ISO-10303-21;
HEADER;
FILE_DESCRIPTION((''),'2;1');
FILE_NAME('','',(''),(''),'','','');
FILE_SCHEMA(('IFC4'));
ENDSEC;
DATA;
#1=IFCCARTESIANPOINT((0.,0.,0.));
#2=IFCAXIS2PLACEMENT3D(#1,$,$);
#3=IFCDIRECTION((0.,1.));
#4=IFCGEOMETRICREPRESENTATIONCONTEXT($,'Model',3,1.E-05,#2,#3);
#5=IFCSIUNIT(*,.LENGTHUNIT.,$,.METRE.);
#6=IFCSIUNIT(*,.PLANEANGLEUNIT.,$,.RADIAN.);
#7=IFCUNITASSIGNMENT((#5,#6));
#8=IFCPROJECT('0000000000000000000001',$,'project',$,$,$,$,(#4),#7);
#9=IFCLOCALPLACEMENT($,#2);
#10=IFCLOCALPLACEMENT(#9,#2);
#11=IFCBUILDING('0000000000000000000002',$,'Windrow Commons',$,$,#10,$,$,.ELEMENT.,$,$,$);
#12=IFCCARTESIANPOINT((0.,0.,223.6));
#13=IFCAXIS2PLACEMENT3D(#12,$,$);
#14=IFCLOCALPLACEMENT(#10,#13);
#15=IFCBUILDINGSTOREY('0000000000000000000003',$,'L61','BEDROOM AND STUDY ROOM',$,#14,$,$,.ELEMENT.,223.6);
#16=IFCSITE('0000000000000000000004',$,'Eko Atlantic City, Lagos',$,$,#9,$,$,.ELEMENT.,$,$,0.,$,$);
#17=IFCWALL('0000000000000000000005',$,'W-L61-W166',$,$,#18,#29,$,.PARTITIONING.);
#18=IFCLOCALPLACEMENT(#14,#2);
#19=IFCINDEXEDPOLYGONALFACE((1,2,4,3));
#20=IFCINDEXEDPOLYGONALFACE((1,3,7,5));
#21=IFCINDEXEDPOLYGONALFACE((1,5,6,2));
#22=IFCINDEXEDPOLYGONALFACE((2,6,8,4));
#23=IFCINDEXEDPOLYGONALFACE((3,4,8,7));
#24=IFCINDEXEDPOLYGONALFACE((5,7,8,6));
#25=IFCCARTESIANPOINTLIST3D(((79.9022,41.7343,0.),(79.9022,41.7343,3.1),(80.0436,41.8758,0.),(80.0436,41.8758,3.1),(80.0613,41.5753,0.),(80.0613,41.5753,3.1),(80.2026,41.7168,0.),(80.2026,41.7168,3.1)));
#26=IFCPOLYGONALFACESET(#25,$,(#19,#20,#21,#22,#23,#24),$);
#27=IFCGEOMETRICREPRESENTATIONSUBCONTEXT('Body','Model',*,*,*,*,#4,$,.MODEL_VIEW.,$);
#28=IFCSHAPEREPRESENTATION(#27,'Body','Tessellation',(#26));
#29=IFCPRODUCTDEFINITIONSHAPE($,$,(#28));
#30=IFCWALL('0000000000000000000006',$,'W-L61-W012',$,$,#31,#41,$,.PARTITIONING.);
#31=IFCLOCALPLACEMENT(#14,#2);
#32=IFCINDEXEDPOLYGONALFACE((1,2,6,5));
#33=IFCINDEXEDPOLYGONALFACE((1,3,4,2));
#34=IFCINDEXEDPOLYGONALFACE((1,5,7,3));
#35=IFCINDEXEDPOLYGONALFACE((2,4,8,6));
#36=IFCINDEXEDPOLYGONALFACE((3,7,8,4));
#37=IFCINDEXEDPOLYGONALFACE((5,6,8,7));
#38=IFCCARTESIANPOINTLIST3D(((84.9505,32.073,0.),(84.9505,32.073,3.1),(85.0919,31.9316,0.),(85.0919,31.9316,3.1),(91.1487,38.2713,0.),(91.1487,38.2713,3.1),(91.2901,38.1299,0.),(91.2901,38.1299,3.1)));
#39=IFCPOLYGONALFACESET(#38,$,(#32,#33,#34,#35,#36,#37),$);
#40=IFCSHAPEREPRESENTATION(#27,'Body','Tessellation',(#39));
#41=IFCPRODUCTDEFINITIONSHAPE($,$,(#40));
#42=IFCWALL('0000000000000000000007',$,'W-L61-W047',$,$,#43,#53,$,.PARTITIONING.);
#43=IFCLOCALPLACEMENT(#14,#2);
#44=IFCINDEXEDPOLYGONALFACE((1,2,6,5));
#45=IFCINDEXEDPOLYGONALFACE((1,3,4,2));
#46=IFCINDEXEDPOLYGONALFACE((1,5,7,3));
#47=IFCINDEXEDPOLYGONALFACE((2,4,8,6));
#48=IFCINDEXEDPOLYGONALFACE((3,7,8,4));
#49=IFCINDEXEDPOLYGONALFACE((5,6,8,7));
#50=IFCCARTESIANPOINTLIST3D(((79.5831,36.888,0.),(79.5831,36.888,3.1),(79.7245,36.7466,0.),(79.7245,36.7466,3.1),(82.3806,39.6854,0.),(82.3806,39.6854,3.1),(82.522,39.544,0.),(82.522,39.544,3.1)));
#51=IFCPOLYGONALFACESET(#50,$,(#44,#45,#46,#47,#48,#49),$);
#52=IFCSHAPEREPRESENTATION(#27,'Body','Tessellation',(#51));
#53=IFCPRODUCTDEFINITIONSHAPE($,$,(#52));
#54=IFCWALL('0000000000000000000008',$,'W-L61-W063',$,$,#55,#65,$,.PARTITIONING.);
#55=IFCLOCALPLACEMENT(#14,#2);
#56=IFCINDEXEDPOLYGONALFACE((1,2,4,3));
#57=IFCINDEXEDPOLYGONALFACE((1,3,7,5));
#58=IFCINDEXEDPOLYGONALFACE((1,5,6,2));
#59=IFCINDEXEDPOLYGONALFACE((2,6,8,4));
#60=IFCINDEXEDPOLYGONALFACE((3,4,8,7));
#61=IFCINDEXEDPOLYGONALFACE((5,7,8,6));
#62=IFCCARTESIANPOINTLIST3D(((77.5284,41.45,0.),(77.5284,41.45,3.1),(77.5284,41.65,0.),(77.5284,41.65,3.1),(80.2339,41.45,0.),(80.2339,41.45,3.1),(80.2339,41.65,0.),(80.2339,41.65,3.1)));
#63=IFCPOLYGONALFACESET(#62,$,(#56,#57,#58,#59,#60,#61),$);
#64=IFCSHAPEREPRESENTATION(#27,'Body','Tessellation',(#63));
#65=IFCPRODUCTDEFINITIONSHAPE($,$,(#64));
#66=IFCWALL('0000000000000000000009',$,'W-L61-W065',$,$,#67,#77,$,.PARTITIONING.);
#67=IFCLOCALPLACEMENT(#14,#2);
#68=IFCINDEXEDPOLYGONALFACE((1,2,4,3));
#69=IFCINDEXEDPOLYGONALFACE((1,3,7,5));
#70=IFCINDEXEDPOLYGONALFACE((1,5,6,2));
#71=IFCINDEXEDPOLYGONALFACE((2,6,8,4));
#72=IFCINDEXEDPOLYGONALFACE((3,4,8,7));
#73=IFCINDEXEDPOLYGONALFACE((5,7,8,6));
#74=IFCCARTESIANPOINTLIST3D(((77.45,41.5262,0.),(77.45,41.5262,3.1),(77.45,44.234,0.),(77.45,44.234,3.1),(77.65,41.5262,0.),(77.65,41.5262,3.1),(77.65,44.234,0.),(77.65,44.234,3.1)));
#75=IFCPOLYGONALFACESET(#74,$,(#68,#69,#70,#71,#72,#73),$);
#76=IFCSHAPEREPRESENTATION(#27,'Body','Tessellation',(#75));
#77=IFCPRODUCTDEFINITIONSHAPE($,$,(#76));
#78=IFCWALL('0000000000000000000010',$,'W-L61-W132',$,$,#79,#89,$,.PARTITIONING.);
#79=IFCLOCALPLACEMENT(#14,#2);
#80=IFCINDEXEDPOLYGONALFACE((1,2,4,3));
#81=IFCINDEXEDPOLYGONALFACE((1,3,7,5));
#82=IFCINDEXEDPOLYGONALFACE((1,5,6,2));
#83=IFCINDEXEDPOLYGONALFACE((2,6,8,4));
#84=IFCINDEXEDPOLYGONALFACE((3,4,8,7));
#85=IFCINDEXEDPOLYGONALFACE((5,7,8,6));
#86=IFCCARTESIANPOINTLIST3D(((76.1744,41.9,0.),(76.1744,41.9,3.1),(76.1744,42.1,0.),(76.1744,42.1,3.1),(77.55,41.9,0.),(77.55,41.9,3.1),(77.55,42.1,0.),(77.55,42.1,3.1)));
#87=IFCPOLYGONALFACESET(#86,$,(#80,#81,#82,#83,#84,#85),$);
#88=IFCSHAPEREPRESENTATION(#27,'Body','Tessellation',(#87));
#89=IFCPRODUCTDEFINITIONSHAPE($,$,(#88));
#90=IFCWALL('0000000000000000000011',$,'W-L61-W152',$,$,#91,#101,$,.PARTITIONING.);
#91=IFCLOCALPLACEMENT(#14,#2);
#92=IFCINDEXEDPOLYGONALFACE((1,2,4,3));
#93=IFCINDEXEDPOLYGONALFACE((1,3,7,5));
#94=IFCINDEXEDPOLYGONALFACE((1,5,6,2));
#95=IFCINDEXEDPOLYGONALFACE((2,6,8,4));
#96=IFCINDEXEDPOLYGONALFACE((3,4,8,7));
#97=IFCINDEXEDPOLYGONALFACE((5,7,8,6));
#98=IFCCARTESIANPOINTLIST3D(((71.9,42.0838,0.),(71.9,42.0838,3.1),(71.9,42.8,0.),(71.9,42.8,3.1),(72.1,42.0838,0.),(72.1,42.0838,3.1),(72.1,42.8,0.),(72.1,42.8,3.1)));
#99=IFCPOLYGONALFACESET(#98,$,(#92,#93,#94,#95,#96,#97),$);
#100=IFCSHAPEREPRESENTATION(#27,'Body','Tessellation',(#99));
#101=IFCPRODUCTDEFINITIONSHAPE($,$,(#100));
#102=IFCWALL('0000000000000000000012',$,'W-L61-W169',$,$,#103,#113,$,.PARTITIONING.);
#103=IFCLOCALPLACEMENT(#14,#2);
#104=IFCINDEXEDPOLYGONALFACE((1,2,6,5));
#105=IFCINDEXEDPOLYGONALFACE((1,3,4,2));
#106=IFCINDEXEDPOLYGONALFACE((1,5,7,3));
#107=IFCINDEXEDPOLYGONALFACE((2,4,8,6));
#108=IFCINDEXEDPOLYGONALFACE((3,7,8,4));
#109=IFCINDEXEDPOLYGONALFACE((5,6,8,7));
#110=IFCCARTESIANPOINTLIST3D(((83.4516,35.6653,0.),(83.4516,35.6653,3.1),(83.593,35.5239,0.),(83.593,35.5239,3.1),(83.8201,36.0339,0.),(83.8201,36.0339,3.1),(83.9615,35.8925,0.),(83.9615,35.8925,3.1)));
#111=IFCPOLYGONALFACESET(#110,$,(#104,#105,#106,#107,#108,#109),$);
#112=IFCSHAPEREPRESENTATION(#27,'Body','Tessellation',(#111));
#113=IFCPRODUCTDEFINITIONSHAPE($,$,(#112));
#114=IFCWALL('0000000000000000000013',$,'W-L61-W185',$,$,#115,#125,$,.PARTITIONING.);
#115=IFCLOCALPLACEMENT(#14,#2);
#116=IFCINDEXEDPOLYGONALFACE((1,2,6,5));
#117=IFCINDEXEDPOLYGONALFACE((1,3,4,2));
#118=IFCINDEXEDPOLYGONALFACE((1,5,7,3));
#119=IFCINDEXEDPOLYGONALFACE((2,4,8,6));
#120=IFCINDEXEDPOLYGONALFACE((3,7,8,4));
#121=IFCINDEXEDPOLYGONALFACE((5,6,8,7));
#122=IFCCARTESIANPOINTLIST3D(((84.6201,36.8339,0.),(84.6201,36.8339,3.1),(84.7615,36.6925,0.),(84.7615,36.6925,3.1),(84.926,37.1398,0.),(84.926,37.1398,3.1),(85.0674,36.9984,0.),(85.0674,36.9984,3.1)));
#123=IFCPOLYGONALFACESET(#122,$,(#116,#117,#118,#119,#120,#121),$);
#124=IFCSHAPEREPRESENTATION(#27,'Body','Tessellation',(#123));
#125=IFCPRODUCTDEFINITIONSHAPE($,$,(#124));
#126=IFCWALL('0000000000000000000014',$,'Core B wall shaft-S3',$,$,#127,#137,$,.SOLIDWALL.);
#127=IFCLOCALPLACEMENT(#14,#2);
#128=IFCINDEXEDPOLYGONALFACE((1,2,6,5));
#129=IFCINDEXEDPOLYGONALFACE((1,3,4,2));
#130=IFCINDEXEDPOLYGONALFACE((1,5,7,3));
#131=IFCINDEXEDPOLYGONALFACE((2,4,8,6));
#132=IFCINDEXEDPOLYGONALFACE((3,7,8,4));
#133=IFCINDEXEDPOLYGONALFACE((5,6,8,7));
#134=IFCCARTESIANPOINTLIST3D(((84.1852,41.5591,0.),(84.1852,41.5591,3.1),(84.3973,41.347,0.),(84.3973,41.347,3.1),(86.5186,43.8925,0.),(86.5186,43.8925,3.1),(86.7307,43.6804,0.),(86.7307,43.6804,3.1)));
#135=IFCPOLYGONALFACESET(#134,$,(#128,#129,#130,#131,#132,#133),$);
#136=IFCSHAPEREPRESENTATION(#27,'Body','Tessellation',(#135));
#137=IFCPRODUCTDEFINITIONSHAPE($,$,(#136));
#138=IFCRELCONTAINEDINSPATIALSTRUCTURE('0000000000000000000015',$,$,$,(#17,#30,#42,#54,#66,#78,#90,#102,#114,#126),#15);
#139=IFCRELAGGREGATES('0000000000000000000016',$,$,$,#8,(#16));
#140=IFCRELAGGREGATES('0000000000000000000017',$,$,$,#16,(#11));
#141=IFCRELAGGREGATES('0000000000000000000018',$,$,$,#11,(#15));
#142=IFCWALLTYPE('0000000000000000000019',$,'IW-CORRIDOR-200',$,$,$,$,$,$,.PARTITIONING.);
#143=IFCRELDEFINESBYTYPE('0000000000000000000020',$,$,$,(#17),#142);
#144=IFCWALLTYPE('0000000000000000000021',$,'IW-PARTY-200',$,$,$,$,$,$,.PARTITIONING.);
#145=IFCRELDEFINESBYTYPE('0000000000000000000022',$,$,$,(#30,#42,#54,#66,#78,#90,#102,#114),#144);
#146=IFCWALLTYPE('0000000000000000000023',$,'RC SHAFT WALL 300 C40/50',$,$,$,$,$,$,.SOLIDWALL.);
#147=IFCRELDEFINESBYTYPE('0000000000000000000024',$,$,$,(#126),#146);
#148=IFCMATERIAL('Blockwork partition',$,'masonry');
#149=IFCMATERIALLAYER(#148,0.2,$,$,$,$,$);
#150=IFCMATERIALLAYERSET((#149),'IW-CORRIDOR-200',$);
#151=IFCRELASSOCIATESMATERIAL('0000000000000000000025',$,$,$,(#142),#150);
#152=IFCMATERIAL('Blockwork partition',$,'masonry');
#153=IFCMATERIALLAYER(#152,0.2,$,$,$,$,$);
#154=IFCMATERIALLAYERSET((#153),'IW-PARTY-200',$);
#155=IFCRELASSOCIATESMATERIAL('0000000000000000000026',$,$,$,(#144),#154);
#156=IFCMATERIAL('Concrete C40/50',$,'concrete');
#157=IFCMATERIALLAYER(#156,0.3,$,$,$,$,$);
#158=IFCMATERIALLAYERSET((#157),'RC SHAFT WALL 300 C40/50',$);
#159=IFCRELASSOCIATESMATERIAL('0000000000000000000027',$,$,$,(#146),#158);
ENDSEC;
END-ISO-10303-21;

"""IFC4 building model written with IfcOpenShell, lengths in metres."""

from ifc_helpers import new_model, si_unit, direction, frame, frame_2d, origin, place, context, subcontext, project, spatial, rectangle, extrude, material, layer, layer_set, type_object, element, save


model = new_model("IFC4")

# Units and contexts
model_context = context("Model", 3, precision=1e-05, world=origin(), true_north=direction((0.0, 1.0)))
body_context = subcontext(model_context, "Body", "Model", "MODEL_VIEW")
ifc_project = project(units=[si_unit("LENGTHUNIT", "METRE"), si_unit("PLANEANGLEUNIT", "RADIAN")], contexts=[model_context])

# Site, building, storey
site_placement = place(None, origin())
site = spatial("IfcSite", under=ifc_project, at=site_placement, Name="Eko Atlantic City, Lagos", CompositionType="ELEMENT", RefElevation=0.0)
building_placement = place(site_placement, origin())
building = spatial("IfcBuilding", under=site, at=building_placement, Name="Windrow Commons", CompositionType="ELEMENT")
storey_placement = place(building_placement, frame((0.0, 0.0, 223.6)))
storey = spatial("IfcBuildingStorey", under=building, at=storey_placement, Name="L61", Description="BEDROOM AND STUDY ROOM", CompositionType="ELEMENT", Elevation=223.6)

# Walls
ifc_material_1 = material(Name="Blockwork partition", Category="masonry")
ifc_layer_1 = layer(ifc_material_1, 0.2)
ifc_layer_set_1 = layer_set([ifc_layer_1], Name="IW-CORRIDOR-200")
wall_type_1 = type_object("IfcWallType", Name="IW-CORRIDOR-200", PredefinedType="PARTITIONING", material=ifc_layer_set_1)
wall_1_placement = place(storey_placement, frame((79.9729, 41.805, 0.0), z_axis=(0.0, 0.0, 1.0), x_axis=(0.707329, -0.706884, 0.0)))
element("IfcWall", 1, at=wall_1_placement, inside=storey, type_object=wall_type_1, Name="W-L61-W166", PredefinedType="PARTITIONING", context=body_context, shape_type="SweptSolid", body=[
    extrude(rectangle(XDim=0.2249, YDim=0.2, at=frame_2d((0.1124, 0.0))), origin(), (0.0, 0.0, 1.0), 3.1),
])
ifc_material_2 = material(Name="Blockwork partition", Category="masonry")
ifc_layer_2 = layer(ifc_material_2, 0.2)
ifc_layer_set_2 = layer_set([ifc_layer_2], Name="IW-PARTY-200")
wall_type_2 = type_object("IfcWallType", Name="IW-PARTY-200", PredefinedType="PARTITIONING", material=ifc_layer_set_2)
wall_2_placement = place(storey_placement, frame((85.0212, 32.0023, 0.0), z_axis=(0.0, 0.0, 1.0), x_axis=(0.707101, 0.707112, 0.0)))
element("IfcWall", 2, at=wall_2_placement, inside=storey, type_object=wall_type_2, Name="W-L61-W012", PredefinedType="PARTITIONING", context=body_context, shape_type="SweptSolid", body=[
    extrude(rectangle(XDim=8.7656, YDim=0.2, at=frame_2d((4.3828, 0.0))), origin(), (0.0, 0.0, 1.0), 3.1),
])
wall_3_placement = place(storey_placement, frame((79.6538, 36.8173, 0.0), z_axis=(0.0, 0.0, 1.0), x_axis=(0.707119, 0.707094, 0.0)))
element("IfcWall", 3, at=wall_3_placement, inside=storey, type_object=wall_type_2, Name="W-L61-W047", PredefinedType="PARTITIONING", context=body_context, shape_type="SweptSolid", body=[
    extrude(rectangle(XDim=3.9562, YDim=0.2, at=frame_2d((1.9781, 0.0))), origin(), (0.0, 0.0, 1.0), 3.1),
])
wall_4_placement = place(storey_placement, frame((77.5285, 41.55, 0.0), z_axis=(0.0, 0.0, 1.0), x_axis=(1.0, 0.0, 0.0)))
element("IfcWall", 4, at=wall_4_placement, inside=storey, type_object=wall_type_2, Name="W-L61-W063", PredefinedType="PARTITIONING", context=body_context, shape_type="SweptSolid", body=[
    extrude(rectangle(XDim=2.7055, YDim=0.2, at=frame_2d((1.3527, 0.0))), origin(), (0.0, 0.0, 1.0), 3.1),
])
wall_5_placement = place(storey_placement, frame((77.55, 41.5262, 0.0), z_axis=(0.0, 0.0, 1.0), x_axis=(0.0, 1.0, 0.0)))
element("IfcWall", 5, at=wall_5_placement, inside=storey, type_object=wall_type_2, Name="W-L61-W065", PredefinedType="PARTITIONING", context=body_context, shape_type="SweptSolid", body=[
    extrude(rectangle(XDim=2.7078, YDim=0.2, at=frame_2d((1.3539, 0.0))), origin(), (0.0, 0.0, 1.0), 3.1),
])
wall_6_placement = place(storey_placement, frame((76.1745, 42.0, 0.0), z_axis=(0.0, 0.0, 1.0), x_axis=(1.0, 0.0, 0.0)))
element("IfcWall", 6, at=wall_6_placement, inside=storey, type_object=wall_type_2, Name="W-L61-W132", PredefinedType="PARTITIONING", context=body_context, shape_type="SweptSolid", body=[
    extrude(rectangle(XDim=1.3755, YDim=0.2, at=frame_2d((0.6877, 0.0))), origin(), (0.0, 0.0, 1.0), 3.1),
])
wall_7_placement = place(storey_placement, frame((72.0, 42.0839, 0.0), z_axis=(0.0, 0.0, 1.0), x_axis=(0.0, 1.0, 0.0)))
element("IfcWall", 7, at=wall_7_placement, inside=storey, type_object=wall_type_2, Name="W-L61-W152", PredefinedType="PARTITIONING", context=body_context, shape_type="SweptSolid", body=[
    extrude(rectangle(XDim=0.7161, YDim=0.2, at=frame_2d((0.358, 0.0))), origin(), (0.0, 0.0, 1.0), 3.1),
])
wall_8_placement = place(storey_placement, frame((83.5223, 35.5946, 0.0), z_axis=(0.0, 0.0, 1.0), x_axis=(0.707011, 0.707203, 0.0)))
element("IfcWall", 8, at=wall_8_placement, inside=storey, type_object=wall_type_2, Name="W-L61-W169", PredefinedType="PARTITIONING", context=body_context, shape_type="SweptSolid", body=[
    extrude(rectangle(XDim=0.5212, YDim=0.2, at=frame_2d((0.2606, 0.0))), origin(), (0.0, 0.0, 1.0), 3.1),
])
wall_9_placement = place(storey_placement, frame((84.6908, 36.7632, 0.0), z_axis=(0.0, 0.0, 1.0), x_axis=(0.707107, 0.707107, 0.0)))
element("IfcWall", 9, at=wall_9_placement, inside=storey, type_object=wall_type_2, Name="W-L61-W185", PredefinedType="PARTITIONING", context=body_context, shape_type="SweptSolid", body=[
    extrude(rectangle(XDim=0.4327, YDim=0.2, at=frame_2d((0.2163, 0.0))), origin(), (0.0, 0.0, 1.0), 3.1),
])
ifc_material_3 = material(Name="Concrete C40/50", Category="concrete")
ifc_layer_3 = layer(ifc_material_3, 0.3)
ifc_layer_set_3 = layer_set([ifc_layer_3], Name="RC SHAFT WALL 300 C40/50")
wall_type_3 = type_object("IfcWallType", Name="RC SHAFT WALL 300 C40/50", PredefinedType="SOLIDWALL", material=ifc_layer_set_3)
wall_10_placement = place(storey_placement, frame((84.2912, 41.453, 0.0), z_axis=(0.0, 0.0, 1.0), x_axis=(0.707107, 0.707107, 0.0)))
element("IfcWall", 10, at=wall_10_placement, inside=storey, type_object=wall_type_3, Name="Core B wall shaft-S3", PredefinedType="SOLIDWALL", context=body_context, shape_type="SweptSolid", body=[
    extrude(rectangle(XDim=3.2999, YDim=0.3, at=frame_2d((1.65, 0.0))), origin(), (0.0, 0.0, 1.0), 3.1),
])

save(model, "model.ifc")
